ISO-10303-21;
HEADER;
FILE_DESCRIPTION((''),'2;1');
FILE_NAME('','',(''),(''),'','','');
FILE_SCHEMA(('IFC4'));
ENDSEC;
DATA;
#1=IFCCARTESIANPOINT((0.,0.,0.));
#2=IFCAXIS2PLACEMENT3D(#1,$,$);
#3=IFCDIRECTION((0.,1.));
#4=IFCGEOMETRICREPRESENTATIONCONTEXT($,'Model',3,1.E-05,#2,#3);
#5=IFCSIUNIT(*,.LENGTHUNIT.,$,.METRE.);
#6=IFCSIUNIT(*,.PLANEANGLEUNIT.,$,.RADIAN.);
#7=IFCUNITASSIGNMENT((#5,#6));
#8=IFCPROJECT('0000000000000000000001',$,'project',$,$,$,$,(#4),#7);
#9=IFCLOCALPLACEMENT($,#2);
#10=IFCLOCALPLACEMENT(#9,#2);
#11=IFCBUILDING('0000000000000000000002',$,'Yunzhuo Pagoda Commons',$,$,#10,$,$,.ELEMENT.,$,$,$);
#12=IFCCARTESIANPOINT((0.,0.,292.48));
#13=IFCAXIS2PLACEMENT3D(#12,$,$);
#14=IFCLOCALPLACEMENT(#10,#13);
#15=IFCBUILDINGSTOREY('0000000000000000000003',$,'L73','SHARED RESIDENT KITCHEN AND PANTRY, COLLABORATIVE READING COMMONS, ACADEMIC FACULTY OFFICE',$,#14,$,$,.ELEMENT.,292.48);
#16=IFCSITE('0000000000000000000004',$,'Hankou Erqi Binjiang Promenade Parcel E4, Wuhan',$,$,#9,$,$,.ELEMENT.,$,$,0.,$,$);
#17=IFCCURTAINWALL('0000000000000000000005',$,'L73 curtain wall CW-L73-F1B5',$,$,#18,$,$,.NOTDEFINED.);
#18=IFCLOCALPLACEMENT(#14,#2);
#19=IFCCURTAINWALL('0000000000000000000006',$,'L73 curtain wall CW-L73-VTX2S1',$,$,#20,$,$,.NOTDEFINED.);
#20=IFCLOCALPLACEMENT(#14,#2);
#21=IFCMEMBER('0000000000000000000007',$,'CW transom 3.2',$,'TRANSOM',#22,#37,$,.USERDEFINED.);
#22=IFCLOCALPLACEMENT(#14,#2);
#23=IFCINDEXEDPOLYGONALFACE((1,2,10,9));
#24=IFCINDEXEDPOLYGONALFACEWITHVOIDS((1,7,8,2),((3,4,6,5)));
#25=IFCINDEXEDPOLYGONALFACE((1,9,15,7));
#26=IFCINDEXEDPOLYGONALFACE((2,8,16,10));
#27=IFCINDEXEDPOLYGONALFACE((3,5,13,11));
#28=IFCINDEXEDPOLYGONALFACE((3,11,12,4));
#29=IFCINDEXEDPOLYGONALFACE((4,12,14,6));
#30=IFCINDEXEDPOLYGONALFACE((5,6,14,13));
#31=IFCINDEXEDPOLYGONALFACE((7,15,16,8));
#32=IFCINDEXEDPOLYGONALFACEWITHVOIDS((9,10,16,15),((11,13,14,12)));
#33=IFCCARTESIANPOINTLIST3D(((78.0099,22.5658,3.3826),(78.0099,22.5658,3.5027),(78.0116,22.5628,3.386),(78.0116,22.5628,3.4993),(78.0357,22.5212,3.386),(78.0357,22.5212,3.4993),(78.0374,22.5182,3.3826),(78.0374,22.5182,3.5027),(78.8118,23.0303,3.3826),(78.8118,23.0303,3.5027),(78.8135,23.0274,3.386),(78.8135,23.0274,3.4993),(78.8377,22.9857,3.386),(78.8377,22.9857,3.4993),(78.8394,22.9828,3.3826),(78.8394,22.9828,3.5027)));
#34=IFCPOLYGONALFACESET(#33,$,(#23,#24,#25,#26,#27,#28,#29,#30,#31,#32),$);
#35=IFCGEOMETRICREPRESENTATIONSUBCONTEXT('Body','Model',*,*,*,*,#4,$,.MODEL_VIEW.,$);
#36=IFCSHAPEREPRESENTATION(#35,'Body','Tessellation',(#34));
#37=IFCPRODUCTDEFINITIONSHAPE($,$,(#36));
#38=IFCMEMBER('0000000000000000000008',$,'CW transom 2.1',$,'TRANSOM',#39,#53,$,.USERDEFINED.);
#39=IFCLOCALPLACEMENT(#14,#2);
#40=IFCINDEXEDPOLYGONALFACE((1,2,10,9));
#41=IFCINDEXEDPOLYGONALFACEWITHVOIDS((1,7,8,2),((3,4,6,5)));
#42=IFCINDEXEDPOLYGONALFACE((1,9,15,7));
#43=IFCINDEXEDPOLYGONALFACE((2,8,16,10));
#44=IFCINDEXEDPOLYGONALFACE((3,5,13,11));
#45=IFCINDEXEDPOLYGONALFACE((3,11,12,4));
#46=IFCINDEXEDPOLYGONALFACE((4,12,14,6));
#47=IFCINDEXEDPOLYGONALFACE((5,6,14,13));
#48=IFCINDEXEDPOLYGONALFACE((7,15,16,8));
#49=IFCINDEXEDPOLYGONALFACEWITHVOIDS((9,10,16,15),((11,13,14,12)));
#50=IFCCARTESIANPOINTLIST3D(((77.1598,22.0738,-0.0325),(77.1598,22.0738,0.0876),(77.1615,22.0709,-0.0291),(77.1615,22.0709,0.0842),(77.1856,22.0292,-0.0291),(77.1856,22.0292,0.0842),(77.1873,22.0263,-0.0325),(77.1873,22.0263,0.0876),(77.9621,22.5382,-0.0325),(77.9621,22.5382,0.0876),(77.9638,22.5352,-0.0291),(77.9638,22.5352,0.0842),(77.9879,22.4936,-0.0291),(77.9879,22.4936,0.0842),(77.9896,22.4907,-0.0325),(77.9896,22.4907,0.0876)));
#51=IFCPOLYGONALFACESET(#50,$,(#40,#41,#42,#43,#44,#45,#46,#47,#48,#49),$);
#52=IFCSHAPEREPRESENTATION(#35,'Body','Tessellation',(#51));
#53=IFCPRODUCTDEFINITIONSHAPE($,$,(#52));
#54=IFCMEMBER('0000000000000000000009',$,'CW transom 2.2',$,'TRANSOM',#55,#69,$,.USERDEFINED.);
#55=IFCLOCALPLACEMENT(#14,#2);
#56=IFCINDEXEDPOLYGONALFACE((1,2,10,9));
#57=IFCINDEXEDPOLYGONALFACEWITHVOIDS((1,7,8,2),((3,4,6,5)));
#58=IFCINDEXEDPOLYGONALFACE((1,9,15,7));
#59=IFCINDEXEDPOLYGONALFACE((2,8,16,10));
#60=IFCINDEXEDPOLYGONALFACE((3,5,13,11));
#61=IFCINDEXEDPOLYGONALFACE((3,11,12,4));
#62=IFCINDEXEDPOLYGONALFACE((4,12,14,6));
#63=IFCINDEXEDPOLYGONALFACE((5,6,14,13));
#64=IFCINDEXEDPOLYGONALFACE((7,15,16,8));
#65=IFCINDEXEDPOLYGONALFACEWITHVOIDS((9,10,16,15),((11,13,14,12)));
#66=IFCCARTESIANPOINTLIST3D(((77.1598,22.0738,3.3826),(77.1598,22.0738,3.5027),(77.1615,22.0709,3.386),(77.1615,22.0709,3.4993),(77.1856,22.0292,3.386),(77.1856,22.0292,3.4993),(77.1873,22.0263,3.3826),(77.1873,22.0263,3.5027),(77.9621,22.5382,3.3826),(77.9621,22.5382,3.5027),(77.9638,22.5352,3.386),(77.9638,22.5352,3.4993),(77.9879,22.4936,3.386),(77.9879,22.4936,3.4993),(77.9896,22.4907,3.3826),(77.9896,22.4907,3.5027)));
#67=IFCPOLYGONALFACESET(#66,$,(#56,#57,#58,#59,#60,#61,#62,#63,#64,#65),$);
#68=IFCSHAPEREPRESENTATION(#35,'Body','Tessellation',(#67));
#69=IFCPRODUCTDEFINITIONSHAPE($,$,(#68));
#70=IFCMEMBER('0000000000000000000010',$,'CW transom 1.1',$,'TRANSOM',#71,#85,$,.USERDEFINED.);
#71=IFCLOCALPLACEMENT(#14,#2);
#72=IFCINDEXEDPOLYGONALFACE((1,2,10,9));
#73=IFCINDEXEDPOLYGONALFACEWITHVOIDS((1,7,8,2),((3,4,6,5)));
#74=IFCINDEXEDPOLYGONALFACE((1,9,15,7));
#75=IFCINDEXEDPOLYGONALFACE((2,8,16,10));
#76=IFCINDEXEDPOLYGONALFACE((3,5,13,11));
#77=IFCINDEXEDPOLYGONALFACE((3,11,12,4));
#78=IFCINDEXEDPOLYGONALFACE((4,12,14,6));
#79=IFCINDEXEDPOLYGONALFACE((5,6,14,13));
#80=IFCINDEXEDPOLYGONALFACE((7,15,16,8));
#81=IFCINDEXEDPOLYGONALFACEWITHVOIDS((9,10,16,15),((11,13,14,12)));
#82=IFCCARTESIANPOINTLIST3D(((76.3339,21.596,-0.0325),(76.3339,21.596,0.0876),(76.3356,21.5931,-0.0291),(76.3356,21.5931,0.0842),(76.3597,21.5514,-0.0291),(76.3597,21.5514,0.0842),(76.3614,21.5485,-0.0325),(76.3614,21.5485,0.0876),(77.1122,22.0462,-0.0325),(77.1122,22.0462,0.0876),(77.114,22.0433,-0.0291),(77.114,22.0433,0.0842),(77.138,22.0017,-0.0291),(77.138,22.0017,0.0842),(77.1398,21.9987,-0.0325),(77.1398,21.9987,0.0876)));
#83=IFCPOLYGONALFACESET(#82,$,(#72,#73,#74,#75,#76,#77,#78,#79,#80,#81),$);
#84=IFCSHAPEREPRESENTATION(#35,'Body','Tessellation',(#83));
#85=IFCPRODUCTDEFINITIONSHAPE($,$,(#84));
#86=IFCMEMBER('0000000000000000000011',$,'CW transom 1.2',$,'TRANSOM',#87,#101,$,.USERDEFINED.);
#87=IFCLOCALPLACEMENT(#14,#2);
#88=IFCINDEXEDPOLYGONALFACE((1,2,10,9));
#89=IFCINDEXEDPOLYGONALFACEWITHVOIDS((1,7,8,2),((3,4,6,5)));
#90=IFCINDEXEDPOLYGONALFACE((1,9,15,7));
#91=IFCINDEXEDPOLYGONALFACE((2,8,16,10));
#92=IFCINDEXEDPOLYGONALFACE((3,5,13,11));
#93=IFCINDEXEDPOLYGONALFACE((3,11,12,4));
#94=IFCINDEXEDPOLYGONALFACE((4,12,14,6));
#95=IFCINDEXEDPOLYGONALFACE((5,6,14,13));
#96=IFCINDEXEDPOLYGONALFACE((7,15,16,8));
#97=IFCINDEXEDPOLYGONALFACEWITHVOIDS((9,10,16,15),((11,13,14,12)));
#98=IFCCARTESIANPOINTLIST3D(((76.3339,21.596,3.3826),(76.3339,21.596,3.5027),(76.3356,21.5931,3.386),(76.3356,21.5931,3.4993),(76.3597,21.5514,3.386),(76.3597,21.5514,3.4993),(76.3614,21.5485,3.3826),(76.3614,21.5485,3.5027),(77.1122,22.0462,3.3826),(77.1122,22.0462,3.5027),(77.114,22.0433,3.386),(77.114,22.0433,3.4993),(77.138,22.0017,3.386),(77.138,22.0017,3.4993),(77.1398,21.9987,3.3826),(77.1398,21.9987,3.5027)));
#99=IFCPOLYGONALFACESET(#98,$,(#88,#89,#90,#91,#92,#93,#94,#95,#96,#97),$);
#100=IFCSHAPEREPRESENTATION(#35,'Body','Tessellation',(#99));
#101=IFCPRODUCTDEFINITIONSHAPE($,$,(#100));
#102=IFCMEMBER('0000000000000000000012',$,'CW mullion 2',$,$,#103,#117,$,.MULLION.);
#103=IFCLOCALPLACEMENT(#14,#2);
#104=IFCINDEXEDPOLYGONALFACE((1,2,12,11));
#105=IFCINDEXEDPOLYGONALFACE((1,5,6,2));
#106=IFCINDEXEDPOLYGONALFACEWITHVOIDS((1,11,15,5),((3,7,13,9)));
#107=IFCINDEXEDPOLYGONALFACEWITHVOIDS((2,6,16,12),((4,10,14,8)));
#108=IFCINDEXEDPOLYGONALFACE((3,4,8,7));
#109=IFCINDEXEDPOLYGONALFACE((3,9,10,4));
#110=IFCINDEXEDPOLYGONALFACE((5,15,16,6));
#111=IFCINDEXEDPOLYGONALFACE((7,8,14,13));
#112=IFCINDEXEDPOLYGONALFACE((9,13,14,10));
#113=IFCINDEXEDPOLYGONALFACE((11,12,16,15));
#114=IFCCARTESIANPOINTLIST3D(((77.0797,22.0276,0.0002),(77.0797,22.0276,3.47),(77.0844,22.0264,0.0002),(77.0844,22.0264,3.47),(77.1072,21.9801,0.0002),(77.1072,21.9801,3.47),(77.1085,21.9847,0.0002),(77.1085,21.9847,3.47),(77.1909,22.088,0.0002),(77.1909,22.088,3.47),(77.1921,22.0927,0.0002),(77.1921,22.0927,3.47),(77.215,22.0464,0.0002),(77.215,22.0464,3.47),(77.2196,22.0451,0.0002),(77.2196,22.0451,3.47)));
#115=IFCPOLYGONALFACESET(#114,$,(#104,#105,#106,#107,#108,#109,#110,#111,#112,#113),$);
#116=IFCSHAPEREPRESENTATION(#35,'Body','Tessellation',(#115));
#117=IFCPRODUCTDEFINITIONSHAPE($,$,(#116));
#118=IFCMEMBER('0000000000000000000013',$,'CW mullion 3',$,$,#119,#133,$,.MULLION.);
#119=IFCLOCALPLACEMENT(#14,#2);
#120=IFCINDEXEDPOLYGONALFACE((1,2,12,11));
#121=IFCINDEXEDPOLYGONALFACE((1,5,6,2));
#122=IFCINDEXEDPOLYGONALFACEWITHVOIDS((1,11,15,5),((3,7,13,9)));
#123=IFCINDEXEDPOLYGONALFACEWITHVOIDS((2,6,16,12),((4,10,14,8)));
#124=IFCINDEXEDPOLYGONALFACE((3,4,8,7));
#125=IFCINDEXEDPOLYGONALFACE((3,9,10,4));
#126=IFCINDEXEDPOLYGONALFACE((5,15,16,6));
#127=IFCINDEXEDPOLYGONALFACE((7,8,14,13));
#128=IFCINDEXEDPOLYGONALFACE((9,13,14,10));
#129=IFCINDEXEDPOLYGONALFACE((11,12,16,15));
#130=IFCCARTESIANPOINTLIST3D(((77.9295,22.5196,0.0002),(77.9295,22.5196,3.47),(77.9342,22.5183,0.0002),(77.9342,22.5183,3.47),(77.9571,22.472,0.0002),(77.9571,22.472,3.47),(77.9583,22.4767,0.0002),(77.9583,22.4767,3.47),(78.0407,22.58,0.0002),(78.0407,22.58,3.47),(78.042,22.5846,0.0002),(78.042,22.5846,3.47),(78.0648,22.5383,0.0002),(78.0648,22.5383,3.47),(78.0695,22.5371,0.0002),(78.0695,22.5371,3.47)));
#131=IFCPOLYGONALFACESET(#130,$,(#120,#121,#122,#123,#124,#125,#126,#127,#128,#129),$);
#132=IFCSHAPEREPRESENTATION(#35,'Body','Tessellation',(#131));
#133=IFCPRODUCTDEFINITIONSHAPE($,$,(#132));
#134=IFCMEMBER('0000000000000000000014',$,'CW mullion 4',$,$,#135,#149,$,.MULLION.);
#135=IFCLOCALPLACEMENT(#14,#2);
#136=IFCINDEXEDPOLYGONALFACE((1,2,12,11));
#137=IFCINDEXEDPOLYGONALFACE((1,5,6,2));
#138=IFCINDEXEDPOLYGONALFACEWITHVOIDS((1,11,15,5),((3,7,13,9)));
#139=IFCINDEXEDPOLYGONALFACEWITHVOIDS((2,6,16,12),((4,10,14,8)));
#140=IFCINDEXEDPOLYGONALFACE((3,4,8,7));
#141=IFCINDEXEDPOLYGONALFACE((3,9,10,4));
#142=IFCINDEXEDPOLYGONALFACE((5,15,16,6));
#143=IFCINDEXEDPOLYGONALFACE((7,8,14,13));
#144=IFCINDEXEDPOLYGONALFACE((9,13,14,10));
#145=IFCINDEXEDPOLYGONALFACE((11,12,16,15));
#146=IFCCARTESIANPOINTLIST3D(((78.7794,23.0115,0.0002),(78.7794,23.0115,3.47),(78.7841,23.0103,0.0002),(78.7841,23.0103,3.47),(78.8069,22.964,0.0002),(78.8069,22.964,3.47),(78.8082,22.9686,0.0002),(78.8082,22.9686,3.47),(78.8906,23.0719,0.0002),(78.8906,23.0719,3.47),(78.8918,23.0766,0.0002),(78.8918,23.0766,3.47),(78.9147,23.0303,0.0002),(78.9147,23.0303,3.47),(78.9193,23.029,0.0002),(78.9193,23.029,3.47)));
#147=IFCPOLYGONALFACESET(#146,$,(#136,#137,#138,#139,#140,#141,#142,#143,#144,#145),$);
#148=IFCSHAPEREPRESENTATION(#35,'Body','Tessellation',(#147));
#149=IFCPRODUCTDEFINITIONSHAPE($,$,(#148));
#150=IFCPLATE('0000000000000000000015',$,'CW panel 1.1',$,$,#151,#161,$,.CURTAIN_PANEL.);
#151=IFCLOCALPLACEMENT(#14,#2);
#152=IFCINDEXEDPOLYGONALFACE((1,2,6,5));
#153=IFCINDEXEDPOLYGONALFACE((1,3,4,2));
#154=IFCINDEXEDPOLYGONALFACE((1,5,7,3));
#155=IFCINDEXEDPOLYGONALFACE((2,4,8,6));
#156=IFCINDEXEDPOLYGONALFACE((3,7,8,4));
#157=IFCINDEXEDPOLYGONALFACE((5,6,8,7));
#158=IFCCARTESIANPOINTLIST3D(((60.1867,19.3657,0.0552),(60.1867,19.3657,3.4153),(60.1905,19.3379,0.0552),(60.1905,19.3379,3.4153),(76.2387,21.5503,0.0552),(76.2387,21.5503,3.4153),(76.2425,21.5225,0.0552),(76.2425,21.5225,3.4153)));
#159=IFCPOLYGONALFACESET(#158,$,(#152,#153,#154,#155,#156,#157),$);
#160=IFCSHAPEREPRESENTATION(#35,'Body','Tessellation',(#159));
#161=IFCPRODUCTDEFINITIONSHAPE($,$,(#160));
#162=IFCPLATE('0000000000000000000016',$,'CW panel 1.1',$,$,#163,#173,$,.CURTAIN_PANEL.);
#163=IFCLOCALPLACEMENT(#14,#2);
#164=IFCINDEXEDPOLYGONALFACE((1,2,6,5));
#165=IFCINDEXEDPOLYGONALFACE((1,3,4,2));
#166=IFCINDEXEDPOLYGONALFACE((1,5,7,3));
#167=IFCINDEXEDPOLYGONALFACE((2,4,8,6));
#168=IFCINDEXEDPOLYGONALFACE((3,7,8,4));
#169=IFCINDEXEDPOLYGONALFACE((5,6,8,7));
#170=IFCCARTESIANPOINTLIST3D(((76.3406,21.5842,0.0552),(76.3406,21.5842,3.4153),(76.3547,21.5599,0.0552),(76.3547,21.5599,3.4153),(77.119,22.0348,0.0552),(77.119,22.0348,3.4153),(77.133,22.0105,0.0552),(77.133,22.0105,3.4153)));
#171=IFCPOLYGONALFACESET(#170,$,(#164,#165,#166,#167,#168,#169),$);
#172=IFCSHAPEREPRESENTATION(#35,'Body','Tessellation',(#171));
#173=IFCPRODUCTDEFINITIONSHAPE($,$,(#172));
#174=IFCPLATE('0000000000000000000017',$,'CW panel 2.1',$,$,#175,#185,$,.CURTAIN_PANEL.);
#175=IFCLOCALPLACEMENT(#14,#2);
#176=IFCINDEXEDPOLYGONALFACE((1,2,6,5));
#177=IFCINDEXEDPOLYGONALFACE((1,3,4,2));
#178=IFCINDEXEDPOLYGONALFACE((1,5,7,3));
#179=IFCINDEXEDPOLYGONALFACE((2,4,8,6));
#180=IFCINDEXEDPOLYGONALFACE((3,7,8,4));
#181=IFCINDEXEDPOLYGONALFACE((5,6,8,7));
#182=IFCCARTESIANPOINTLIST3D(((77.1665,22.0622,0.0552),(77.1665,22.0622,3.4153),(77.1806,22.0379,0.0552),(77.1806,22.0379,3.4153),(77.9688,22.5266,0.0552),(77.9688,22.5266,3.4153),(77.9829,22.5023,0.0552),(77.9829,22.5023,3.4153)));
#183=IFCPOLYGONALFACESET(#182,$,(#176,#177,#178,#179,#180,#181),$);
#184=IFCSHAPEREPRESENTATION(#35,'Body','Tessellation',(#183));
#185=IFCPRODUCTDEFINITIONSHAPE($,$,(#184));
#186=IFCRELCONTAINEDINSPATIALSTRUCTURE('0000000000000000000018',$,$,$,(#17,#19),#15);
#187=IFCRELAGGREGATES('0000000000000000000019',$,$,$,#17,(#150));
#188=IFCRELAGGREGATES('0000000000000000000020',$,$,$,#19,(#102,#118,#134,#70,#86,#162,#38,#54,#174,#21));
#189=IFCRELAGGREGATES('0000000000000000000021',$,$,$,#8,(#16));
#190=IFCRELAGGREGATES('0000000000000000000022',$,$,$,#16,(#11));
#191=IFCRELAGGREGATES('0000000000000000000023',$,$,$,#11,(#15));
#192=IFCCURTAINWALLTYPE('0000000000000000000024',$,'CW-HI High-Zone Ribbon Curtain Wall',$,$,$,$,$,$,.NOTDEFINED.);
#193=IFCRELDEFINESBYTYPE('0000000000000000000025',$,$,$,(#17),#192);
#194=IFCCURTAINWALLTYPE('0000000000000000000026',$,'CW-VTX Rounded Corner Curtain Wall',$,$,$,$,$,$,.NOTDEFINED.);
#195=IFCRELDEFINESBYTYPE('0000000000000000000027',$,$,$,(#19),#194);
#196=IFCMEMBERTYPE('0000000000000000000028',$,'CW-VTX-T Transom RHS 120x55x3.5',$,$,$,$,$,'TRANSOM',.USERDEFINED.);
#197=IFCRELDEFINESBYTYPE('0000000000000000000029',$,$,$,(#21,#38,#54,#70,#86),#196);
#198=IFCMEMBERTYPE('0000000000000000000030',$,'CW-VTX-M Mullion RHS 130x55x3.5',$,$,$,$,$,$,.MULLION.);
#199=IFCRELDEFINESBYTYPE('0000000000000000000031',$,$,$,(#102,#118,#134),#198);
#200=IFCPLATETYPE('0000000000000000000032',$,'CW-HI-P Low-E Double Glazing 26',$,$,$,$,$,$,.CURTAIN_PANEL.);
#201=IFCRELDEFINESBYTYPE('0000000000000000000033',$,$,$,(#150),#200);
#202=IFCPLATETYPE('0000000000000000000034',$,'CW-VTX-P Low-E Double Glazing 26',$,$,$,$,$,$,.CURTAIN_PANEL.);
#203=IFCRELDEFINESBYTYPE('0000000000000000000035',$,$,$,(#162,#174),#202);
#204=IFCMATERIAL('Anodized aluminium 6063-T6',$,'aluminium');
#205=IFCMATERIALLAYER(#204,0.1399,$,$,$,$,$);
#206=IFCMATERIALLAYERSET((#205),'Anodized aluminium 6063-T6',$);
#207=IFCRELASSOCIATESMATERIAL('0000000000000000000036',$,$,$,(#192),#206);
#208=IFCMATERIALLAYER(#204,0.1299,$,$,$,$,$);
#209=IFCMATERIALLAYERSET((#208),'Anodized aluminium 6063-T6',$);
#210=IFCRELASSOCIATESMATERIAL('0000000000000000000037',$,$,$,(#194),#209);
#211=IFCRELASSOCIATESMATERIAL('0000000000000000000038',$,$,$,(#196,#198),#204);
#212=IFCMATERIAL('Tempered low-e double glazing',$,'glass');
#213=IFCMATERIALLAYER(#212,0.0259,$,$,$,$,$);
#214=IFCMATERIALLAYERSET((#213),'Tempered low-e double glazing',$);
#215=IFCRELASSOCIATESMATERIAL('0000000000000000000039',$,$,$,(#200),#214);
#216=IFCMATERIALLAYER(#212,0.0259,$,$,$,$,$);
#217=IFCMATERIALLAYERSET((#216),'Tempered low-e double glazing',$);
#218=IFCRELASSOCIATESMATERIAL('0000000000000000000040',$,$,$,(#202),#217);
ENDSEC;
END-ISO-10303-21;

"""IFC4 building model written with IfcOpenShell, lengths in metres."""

from ifc_helpers import new_model, si_unit, direction, frame, origin, origin_2d, place, context, subcontext, project, spatial, rectangle, hollow_rectangle, extrude, source, transform, mapped, material, layer, layer_set, material_profile, profile_set, type_object, element, aggregate, save


model = new_model("IFC4")

# Units and contexts
model_context = context("Model", 3, precision=1e-05, world=origin(), true_north=direction((0.0, 1.0)))
body_context = subcontext(model_context, "Body", "Model", "MODEL_VIEW")
ifc_project = project(units=[si_unit("LENGTHUNIT", "METRE"), si_unit("PLANEANGLEUNIT", "RADIAN")], contexts=[model_context])

# Site, building, storey
site_placement = place(None, origin())
site = spatial("IfcSite", under=ifc_project, at=site_placement, Name="Hankou Erqi Binjiang Promenade Parcel E4, Wuhan", CompositionType="ELEMENT", RefElevation=0.0)
building_placement = place(site_placement, origin())
building = spatial("IfcBuilding", under=site, at=building_placement, Name="Yunzhuo Pagoda Commons", CompositionType="ELEMENT")
storey_placement = place(building_placement, frame((0.0, 0.0, 292.48)))
storey = spatial("IfcBuildingStorey", under=building, at=storey_placement, Name="L73", Description="SHARED RESIDENT KITCHEN AND PANTRY, COLLABORATIVE READING COMMONS, ACADEMIC FACULTY OFFICE", CompositionType="ELEMENT", Elevation=292.48)

# Curtain walls, members
ifc_material_1 = material(Name="Anodized aluminium 6063-T6", Category="aluminium")
ifc_layer_1 = layer(ifc_material_1, 0.1399)
ifc_layer_set_1 = layer_set([ifc_layer_1], Name="Anodized aluminium 6063-T6")
curtain_wall_type_1 = type_object("IfcCurtainWallType", Name="CW-HI High-Zone Ribbon Curtain Wall", PredefinedType="NOTDEFINED", material=ifc_layer_set_1)
curtain_wall_1_placement = place(storey_placement, origin())
curtain_wall_1 = element("IfcCurtainWall", 1, at=curtain_wall_1_placement, inside=storey, type_object=curtain_wall_type_1, Name="L73 curtain wall CW-L73-F1B5", PredefinedType="NOTDEFINED")
ifc_layer_2 = layer(ifc_material_1, 0.1299)
ifc_layer_set_2 = layer_set([ifc_layer_2], Name="Anodized aluminium 6063-T6")
curtain_wall_type_2 = type_object("IfcCurtainWallType", Name="CW-VTX Rounded Corner Curtain Wall", PredefinedType="NOTDEFINED", material=ifc_layer_set_2)
curtain_wall_2_placement = place(storey_placement, origin())
curtain_wall_2 = element("IfcCurtainWall", 2, at=curtain_wall_2_placement, inside=storey, type_object=curtain_wall_type_2, Name="L73 curtain wall CW-L73-VTX2S1", PredefinedType="NOTDEFINED")
ifc_material_profile_1 = material_profile(ifc_material_1, hollow_rectangle(XDim=0.0549, YDim=0.1201, WallThickness=0.0034, at=origin_2d()), Name="Anodized aluminium 6063-T6")
ifc_profile_set_1 = profile_set([ifc_material_profile_1], Name="Anodized aluminium 6063-T6")
member_type_1 = type_object("IfcMemberType", Name="CW-VTX-T Transom RHS 120x55x3.5", ElementType="TRANSOM", PredefinedType="USERDEFINED", material=ifc_profile_set_1)
shared_shape_1 = source(origin(), body_context, "Body", "SweptSolid", [
    extrude(hollow_rectangle(XDim=0.0549, YDim=0.1201, WallThickness=0.0034, at=origin_2d()), origin(), (0.0, 0.0, 1.0), 0.9268),
])
member_1_placement = place(storey_placement, frame((78.0237, 22.542, 3.4426), z_axis=(0.865294, 0.501265, 0.0), x_axis=(-0.501265, 0.865294, 0.0)))
member_1 = element("IfcMember", 3, at=member_1_placement, type_object=member_type_1, Name="CW transom 3.2", ObjectType="TRANSOM", PredefinedType="USERDEFINED", context=body_context, shape_type="MappedRepresentation", body=[
    mapped(shared_shape_1, transform((0.0, 0.0, 0.0), scale=1.0)),
])
shared_shape_2 = source(origin(), body_context, "Body", "SweptSolid", [
    extrude(hollow_rectangle(XDim=0.0549, YDim=0.1201, WallThickness=0.0034, at=origin_2d()), origin(), (0.0, 0.0, 1.0), 0.927),
])
member_2_placement = place(storey_placement, frame((77.1736, 22.05, 0.0276), z_axis=(0.865474, 0.500953, 0.0), x_axis=(-0.500953, 0.865474, 0.0)))
member_2 = element("IfcMember", 4, at=member_2_placement, type_object=member_type_1, Name="CW transom 2.1", ObjectType="TRANSOM", PredefinedType="USERDEFINED", context=body_context, shape_type="MappedRepresentation", body=[
    mapped(shared_shape_2, transform((0.0, 0.0, 0.0), scale=1.0)),
])
member_3_placement = place(storey_placement, frame((77.1736, 22.05, 3.4426), z_axis=(0.865474, 0.500953, 0.0), x_axis=(-0.500953, 0.865474, 0.0)))
member_3 = element("IfcMember", 5, at=member_3_placement, type_object=member_type_1, Name="CW transom 2.2", ObjectType="TRANSOM", PredefinedType="USERDEFINED", context=body_context, shape_type="MappedRepresentation", body=[
    mapped(shared_shape_2, transform((0.0, 0.0, 0.0), scale=1.0)),
])
shared_shape_3 = source(origin(), body_context, "Body", "SweptSolid", [
    extrude(hollow_rectangle(XDim=0.0549, YDim=0.1201, WallThickness=0.0034, at=origin_2d()), origin(), (0.0, 0.0, 1.0), 0.8992),
])
member_4_placement = place(storey_placement, frame((76.3477, 21.5723, 0.0276), z_axis=(0.865625, 0.500694, 0.0), x_axis=(-0.500694, 0.865625, 0.0)))
member_4 = element("IfcMember", 6, at=member_4_placement, type_object=member_type_1, Name="CW transom 1.1", ObjectType="TRANSOM", PredefinedType="USERDEFINED", context=body_context, shape_type="MappedRepresentation", body=[
    mapped(shared_shape_3, transform((0.0, 0.0, 0.0), scale=1.0)),
])
member_5_placement = place(storey_placement, frame((76.3477, 21.5723, 3.4426), z_axis=(0.865625, 0.500694, 0.0), x_axis=(-0.500694, 0.865625, 0.0)))
member_5 = element("IfcMember", 7, at=member_5_placement, type_object=member_type_1, Name="CW transom 1.2", ObjectType="TRANSOM", PredefinedType="USERDEFINED", context=body_context, shape_type="MappedRepresentation", body=[
    mapped(shared_shape_3, transform((0.0, 0.0, 0.0), scale=1.0)),
])
ifc_material_profile_2 = material_profile(ifc_material_1, hollow_rectangle(XDim=0.0549, YDim=0.1299, WallThickness=0.0034, at=origin_2d()), Name="Anodized aluminium 6063-T6")
ifc_profile_set_2 = profile_set([ifc_material_profile_2], Name="Anodized aluminium 6063-T6")
member_type_2 = type_object("IfcMemberType", Name="CW-VTX-M Mullion RHS 130x55x3.5", PredefinedType="MULLION", material=ifc_profile_set_2)
shared_shape_4 = source(origin(), body_context, "Body", "SweptSolid", [
    extrude(hollow_rectangle(XDim=0.0549, YDim=0.1299, WallThickness=0.0034, at=origin_2d()), origin(), (0.0, 0.0, 1.0), 3.4697),
])
member_6_placement = place(storey_placement, frame((77.1497, 22.0364, 0.0002), z_axis=(0.0, 0.0, 1.0), x_axis=(-0.501017, 0.865437, 0.0)))
member_6 = element("IfcMember", 8, at=member_6_placement, type_object=member_type_2, Name="CW mullion 2", PredefinedType="MULLION", context=body_context, shape_type="MappedRepresentation", body=[
    mapped(shared_shape_4, transform((0.0, 0.0, 0.0), scale=1.0)),
])
member_7_placement = place(storey_placement, frame((77.9995, 22.5283, 0.0002), z_axis=(0.0, 0.0, 1.0), x_axis=(-0.501017, 0.865437, 0.0)))
member_7 = element("IfcMember", 9, at=member_7_placement, type_object=member_type_2, Name="CW mullion 3", PredefinedType="MULLION", context=body_context, shape_type="MappedRepresentation", body=[
    mapped(shared_shape_4, transform((0.0, 0.0, 0.0), scale=1.0)),
])
member_8_placement = place(storey_placement, frame((78.8494, 23.0203, 0.0002), z_axis=(0.0, 0.0, 1.0), x_axis=(-0.501017, 0.865437, 0.0)))
member_8 = element("IfcMember", 10, at=member_8_placement, type_object=member_type_2, Name="CW mullion 4", PredefinedType="MULLION", context=body_context, shape_type="MappedRepresentation", body=[
    mapped(shared_shape_4, transform((0.0, 0.0, 0.0), scale=1.0)),
])

# Plates
ifc_material_2 = material(Name="Tempered low-e double glazing", Category="glass")
ifc_layer_3 = layer(ifc_material_2, 0.0259)
ifc_layer_set_3 = layer_set([ifc_layer_3], Name="Tempered low-e double glazing")
plate_type_1 = type_object("IfcPlateType", Name="CW-HI-P Low-E Double Glazing 26", PredefinedType="CURTAIN_PANEL", material=ifc_layer_set_3)
shared_shape_5 = source(origin(), body_context, "Body", "SweptSolid", [
    extrude(rectangle(XDim=16.2, YDim=0.0281, at=origin_2d()), origin(), (0.0, 0.0, 1.0), 3.3601),
])
plate_1_placement = place(storey_placement, frame((68.2146, 20.4441, 0.0552), z_axis=(0.0, 0.0, 1.0), x_axis=(0.990865, 0.134854, 0.0)))
plate_1 = element("IfcPlate", 11, at=plate_1_placement, type_object=plate_type_1, Name="CW panel 1.1", PredefinedType="CURTAIN_PANEL", context=body_context, shape_type="MappedRepresentation", body=[
    mapped(shared_shape_5, transform((0.0, 0.0, 0.0), scale=1.0)),
])
aggregate(curtain_wall_1, [plate_1])
ifc_layer_4 = layer(ifc_material_2, 0.0259)
ifc_layer_set_4 = layer_set([ifc_layer_4], Name="Tempered low-e double glazing")
plate_type_2 = type_object("IfcPlateType", Name="CW-VTX-P Low-E Double Glazing 26", PredefinedType="CURTAIN_PANEL", material=ifc_layer_set_4)
shared_shape_6 = source(origin(), body_context, "Body", "SweptSolid", [
    extrude(rectangle(XDim=0.8994, YDim=0.0281, at=origin_2d()), origin(), (0.0, 0.0, 1.0), 3.3601),
])
plate_2_placement = place(storey_placement, frame((76.7368, 21.7974, 0.0552), z_axis=(0.0, 0.0, 1.0), x_axis=(0.865437, 0.501017, 0.0)))
plate_2 = element("IfcPlate", 12, at=plate_2_placement, type_object=plate_type_2, Name="CW panel 1.1", PredefinedType="CURTAIN_PANEL", context=body_context, shape_type="MappedRepresentation", body=[
    mapped(shared_shape_6, transform((0.0, 0.0, 0.0), scale=1.0)),
])
shared_shape_7 = source(origin(), body_context, "Body", "SweptSolid", [
    extrude(rectangle(XDim=0.927, YDim=0.0281, at=origin_2d()), origin(), (0.0, 0.0, 1.0), 3.3601),
])
plate_3_placement = place(storey_placement, frame((77.5747, 22.2822, 0.0552), z_axis=(0.0, 0.0, 1.0), x_axis=(0.865437, 0.501017, 0.0)))
plate_3 = element("IfcPlate", 13, at=plate_3_placement, type_object=plate_type_2, Name="CW panel 2.1", PredefinedType="CURTAIN_PANEL", context=body_context, shape_type="MappedRepresentation", body=[
    mapped(shared_shape_7, transform((0.0, 0.0, 0.0), scale=1.0)),
])
aggregate(curtain_wall_2, [member_6, member_7, member_8, member_4, member_5, plate_2, member_2, member_3, plate_3, member_1])

save(model, "model.ifc")
